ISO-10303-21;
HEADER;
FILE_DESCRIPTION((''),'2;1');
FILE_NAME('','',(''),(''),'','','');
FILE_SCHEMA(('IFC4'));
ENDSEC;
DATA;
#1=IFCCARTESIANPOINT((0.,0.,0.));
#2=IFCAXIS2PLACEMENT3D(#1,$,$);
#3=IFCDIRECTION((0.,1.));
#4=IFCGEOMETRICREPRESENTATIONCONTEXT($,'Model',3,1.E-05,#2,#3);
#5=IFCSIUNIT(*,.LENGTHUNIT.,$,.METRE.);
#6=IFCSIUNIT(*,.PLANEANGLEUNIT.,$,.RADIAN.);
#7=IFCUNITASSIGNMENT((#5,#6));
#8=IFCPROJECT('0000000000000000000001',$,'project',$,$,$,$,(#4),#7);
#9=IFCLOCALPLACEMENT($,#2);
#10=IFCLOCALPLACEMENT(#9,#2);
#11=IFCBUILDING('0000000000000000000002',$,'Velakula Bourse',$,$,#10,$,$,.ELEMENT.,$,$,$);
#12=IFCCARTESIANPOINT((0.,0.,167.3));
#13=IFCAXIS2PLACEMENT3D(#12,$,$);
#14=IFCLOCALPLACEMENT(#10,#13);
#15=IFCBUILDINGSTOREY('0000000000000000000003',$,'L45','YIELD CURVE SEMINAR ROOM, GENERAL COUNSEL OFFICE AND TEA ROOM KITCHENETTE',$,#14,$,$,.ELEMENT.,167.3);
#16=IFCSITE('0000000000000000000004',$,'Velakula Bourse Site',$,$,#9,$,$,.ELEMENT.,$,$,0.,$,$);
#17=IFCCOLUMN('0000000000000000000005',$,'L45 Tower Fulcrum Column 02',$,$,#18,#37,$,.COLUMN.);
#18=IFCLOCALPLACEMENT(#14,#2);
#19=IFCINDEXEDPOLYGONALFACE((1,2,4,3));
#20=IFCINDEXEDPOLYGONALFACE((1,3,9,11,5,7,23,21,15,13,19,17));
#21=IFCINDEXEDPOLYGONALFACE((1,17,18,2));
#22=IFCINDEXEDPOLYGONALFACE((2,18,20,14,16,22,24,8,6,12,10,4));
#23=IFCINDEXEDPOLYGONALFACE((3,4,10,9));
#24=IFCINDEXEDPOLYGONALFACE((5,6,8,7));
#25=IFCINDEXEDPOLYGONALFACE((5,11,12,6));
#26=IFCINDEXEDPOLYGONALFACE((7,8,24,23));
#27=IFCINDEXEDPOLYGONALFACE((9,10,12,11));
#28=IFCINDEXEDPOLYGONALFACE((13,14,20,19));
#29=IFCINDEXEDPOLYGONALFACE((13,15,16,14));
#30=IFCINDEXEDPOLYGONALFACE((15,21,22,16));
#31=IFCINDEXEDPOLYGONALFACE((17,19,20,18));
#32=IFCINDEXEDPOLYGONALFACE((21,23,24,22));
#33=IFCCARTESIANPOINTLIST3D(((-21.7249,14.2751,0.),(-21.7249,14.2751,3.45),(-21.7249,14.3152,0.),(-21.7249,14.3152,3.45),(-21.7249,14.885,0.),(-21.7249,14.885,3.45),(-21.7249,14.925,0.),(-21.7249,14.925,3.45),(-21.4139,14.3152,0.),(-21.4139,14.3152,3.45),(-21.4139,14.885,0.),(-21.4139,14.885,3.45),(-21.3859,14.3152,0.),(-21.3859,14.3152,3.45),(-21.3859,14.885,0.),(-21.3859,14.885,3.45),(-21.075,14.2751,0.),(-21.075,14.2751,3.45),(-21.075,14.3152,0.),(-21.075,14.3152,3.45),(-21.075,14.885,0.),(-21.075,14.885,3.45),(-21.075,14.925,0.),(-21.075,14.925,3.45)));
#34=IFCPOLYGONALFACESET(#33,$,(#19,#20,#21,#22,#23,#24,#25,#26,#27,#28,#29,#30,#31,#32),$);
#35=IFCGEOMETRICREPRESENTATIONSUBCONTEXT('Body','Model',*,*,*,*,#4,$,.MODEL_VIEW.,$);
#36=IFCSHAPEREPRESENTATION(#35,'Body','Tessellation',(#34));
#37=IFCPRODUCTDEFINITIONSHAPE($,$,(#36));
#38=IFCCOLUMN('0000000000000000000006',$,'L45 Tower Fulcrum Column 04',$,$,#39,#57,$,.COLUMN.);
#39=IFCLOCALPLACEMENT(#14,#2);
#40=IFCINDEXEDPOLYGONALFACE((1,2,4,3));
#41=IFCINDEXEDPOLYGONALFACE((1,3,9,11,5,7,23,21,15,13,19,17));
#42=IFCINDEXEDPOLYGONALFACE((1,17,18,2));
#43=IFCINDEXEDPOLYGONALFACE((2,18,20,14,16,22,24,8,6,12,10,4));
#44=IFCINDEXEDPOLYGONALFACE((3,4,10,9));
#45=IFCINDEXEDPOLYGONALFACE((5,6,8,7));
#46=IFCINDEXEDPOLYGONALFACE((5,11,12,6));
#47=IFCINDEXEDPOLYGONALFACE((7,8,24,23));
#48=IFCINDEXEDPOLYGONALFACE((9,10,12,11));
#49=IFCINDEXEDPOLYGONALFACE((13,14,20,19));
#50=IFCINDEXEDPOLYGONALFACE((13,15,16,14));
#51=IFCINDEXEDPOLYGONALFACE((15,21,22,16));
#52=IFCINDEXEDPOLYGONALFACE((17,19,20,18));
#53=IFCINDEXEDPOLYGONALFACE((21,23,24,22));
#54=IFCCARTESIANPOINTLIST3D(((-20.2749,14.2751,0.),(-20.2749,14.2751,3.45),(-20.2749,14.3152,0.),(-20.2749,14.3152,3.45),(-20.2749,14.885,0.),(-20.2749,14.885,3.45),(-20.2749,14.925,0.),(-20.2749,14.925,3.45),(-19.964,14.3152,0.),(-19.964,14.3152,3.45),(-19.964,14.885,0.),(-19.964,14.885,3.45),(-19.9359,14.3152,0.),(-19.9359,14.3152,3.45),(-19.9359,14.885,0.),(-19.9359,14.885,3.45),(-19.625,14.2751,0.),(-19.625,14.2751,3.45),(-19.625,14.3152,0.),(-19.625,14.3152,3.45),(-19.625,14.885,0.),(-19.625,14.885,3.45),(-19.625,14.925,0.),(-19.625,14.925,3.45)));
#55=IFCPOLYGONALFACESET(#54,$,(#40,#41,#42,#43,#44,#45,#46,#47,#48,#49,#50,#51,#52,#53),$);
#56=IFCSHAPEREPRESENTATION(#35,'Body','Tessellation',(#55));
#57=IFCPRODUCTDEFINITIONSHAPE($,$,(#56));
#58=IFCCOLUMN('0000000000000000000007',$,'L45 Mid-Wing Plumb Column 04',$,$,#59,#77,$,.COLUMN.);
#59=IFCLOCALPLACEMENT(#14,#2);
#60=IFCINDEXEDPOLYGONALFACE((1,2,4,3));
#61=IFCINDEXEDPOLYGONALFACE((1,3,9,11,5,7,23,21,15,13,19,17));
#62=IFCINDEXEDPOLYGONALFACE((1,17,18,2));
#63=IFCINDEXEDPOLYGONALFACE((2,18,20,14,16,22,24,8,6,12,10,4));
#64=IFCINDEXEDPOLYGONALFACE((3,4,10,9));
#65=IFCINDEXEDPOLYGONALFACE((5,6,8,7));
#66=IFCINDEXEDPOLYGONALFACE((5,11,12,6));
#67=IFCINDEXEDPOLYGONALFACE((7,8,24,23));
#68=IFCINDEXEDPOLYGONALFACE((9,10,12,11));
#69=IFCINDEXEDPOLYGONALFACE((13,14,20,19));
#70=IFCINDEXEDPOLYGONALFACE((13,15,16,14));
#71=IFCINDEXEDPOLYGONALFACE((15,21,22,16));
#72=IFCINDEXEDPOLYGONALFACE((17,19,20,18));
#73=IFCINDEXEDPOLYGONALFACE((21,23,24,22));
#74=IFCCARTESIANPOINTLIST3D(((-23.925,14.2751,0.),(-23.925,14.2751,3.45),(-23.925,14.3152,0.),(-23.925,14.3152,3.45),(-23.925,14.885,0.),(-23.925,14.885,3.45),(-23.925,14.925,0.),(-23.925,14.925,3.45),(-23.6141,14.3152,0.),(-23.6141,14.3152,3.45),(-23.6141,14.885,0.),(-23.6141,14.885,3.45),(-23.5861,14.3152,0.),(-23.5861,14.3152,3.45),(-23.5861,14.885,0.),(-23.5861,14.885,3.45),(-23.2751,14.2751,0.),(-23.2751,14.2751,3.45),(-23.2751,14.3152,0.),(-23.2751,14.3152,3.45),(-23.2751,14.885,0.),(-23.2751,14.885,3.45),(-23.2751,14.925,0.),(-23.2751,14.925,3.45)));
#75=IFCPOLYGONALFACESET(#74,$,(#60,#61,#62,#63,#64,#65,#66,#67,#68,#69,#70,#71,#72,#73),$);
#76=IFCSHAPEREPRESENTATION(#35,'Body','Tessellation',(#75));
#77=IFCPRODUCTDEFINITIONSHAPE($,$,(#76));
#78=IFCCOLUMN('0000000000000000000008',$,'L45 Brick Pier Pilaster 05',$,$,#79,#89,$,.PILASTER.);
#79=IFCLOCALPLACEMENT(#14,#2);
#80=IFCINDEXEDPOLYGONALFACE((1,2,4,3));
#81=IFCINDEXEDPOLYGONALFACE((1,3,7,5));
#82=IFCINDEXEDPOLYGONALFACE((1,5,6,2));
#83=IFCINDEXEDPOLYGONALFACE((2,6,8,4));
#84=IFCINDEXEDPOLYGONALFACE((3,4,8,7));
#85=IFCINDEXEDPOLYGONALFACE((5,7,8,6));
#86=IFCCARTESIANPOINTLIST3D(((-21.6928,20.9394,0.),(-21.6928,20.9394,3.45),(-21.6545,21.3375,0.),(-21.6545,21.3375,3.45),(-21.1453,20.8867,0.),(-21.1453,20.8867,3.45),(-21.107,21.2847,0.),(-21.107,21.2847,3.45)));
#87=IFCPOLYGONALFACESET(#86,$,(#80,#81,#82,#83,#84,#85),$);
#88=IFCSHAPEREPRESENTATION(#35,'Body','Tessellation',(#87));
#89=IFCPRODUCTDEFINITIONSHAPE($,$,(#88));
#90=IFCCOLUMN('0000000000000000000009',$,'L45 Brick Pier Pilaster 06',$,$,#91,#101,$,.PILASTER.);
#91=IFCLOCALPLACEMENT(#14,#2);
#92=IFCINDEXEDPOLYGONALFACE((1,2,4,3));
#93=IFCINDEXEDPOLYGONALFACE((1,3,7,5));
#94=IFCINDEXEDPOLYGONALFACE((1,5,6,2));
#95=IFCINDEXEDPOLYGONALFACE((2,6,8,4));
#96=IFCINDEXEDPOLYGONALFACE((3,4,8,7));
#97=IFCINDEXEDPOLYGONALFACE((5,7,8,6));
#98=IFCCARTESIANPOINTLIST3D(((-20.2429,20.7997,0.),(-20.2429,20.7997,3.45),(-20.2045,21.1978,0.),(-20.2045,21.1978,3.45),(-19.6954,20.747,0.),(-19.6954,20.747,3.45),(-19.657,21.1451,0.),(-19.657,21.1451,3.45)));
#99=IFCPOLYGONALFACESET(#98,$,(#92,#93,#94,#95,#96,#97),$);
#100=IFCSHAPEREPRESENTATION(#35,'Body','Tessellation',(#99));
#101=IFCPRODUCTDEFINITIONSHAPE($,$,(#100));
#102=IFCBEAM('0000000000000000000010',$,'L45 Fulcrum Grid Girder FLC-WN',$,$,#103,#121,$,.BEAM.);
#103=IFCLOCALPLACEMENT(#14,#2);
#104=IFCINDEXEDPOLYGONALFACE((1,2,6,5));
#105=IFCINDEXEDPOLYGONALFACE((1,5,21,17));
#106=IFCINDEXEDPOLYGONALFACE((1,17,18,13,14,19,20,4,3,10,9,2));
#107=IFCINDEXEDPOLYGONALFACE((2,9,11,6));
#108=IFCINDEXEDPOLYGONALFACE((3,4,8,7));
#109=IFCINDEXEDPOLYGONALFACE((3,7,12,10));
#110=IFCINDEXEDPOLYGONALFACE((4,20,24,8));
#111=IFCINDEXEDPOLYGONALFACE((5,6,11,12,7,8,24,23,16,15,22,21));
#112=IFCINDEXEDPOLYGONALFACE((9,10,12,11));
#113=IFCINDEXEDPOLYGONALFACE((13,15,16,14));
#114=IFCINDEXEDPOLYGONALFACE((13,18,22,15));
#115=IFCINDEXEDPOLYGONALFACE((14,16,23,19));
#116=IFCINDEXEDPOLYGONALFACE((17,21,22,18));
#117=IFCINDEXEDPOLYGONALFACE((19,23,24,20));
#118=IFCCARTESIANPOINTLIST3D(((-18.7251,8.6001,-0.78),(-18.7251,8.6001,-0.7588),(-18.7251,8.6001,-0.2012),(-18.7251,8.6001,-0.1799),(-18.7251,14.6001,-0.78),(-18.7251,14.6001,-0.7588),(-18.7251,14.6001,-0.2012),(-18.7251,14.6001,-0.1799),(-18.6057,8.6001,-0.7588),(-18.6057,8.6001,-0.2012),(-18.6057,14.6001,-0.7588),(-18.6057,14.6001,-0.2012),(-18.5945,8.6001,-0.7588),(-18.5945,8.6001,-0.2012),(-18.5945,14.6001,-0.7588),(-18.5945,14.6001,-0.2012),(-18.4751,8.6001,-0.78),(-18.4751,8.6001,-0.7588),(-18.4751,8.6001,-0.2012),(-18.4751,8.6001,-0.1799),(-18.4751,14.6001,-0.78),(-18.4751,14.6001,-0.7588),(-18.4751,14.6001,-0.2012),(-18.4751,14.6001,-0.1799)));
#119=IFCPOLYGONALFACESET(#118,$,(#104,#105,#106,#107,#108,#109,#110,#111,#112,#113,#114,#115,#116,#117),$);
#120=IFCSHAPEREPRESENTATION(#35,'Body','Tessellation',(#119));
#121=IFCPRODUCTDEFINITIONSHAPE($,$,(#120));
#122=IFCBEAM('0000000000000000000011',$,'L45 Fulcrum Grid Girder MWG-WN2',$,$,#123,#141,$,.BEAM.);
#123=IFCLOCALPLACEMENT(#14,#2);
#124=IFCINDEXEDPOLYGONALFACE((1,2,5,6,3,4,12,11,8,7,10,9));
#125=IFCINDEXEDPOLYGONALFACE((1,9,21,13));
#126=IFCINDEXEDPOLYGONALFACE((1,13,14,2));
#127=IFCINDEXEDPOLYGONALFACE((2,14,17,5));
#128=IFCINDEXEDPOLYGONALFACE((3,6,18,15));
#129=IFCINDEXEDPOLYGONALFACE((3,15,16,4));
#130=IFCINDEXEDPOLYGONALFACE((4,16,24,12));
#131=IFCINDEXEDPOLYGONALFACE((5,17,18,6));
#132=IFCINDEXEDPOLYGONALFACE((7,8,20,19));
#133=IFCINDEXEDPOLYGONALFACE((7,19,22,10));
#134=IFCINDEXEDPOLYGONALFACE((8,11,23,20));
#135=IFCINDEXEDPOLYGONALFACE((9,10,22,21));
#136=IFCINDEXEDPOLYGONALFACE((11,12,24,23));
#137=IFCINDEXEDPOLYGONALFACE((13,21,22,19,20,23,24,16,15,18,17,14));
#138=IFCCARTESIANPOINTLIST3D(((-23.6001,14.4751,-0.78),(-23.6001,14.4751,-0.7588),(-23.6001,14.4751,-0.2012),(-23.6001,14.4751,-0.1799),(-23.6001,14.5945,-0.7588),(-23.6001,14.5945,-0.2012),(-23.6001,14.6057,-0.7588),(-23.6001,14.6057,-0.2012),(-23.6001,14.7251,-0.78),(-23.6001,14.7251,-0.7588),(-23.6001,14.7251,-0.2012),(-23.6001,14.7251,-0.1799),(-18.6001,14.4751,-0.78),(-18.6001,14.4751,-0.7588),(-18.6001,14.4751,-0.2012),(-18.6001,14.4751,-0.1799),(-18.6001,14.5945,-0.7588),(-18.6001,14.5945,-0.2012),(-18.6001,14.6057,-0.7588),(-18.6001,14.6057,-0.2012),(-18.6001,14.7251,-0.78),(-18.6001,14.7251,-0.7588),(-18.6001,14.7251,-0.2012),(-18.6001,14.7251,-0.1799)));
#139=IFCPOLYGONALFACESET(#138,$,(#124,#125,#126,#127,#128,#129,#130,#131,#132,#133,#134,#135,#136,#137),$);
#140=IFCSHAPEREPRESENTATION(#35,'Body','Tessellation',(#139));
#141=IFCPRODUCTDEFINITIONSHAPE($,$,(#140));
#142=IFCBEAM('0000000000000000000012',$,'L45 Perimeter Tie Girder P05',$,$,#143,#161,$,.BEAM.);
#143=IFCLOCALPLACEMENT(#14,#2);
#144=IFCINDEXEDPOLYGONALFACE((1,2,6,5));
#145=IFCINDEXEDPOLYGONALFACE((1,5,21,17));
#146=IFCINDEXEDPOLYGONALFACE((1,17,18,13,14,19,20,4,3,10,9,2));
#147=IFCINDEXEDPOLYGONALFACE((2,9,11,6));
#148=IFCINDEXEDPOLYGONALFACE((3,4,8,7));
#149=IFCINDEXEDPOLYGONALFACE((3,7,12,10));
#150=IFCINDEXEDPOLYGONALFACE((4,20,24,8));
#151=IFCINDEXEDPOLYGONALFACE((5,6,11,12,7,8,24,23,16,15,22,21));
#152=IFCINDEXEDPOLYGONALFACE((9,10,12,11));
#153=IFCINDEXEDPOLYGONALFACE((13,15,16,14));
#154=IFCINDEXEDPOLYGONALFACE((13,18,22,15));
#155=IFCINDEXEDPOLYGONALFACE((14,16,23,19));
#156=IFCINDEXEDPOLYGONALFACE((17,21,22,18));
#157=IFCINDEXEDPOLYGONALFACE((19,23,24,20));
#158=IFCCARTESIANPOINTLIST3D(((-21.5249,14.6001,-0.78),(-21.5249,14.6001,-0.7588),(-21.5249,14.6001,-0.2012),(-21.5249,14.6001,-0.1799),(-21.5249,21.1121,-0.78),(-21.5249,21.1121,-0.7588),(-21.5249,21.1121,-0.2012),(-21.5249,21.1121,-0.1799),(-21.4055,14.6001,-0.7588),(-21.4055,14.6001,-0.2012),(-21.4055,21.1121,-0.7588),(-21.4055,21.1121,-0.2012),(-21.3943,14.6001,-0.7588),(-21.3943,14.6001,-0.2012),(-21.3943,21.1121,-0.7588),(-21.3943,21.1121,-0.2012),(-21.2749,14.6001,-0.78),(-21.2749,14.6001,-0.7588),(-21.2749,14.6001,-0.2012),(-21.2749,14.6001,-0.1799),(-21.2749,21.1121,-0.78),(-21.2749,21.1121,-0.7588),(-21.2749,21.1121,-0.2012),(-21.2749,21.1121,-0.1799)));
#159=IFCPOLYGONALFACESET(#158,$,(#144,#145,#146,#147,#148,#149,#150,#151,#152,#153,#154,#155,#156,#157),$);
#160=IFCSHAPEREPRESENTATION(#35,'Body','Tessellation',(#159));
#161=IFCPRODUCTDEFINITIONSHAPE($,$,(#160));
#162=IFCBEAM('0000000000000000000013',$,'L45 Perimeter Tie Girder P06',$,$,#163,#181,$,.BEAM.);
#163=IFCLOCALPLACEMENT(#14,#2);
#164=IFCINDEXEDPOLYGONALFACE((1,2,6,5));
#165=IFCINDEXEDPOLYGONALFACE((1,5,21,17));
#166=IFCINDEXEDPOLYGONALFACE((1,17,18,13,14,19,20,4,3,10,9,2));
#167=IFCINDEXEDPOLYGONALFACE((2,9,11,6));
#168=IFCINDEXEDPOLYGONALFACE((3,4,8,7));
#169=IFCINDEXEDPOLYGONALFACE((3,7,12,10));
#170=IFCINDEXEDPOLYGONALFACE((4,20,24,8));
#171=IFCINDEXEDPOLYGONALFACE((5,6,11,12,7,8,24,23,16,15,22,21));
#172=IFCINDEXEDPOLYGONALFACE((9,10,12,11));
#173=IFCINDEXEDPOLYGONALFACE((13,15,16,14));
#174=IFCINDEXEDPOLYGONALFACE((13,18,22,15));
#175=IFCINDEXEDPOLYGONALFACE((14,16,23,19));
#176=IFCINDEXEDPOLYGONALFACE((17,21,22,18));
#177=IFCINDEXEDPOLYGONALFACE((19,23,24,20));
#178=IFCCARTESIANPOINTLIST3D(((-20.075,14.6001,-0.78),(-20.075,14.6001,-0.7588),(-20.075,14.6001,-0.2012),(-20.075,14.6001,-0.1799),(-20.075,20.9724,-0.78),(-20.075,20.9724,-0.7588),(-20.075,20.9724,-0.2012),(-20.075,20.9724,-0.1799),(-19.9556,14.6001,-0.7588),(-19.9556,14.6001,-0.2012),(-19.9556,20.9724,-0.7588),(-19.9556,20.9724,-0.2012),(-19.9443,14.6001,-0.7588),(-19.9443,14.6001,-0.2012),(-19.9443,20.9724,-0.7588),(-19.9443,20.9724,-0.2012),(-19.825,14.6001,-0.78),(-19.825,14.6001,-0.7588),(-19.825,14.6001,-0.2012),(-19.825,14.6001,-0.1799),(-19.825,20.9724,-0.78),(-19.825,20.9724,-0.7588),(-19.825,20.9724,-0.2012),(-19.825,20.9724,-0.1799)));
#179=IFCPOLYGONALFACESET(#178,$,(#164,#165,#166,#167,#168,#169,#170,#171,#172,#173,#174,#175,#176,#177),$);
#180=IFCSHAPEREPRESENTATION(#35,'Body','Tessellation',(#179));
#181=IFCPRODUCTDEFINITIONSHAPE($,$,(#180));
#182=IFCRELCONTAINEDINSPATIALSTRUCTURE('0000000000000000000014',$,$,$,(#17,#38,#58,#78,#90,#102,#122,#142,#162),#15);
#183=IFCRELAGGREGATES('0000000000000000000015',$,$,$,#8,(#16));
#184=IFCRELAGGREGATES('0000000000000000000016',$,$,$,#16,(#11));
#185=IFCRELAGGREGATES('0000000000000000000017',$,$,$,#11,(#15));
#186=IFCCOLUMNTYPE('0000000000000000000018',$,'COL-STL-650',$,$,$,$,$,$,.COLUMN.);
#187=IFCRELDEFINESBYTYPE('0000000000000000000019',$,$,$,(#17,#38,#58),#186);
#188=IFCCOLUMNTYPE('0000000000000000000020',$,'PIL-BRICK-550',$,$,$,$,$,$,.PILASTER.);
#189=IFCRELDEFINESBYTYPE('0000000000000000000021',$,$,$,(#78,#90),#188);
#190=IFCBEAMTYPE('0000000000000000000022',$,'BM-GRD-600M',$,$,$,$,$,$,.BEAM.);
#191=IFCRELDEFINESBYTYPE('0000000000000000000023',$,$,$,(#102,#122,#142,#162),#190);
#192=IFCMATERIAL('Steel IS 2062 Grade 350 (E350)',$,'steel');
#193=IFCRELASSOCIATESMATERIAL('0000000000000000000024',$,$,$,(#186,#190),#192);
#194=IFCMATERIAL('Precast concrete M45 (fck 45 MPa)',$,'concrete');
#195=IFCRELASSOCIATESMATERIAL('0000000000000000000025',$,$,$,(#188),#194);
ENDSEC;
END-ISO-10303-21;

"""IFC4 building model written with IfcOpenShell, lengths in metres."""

from ifc_helpers import new_model, si_unit, direction, frame, origin, origin_2d, place, context, subcontext, project, spatial, rectangle, i_section, extrude, material, material_profile, profile_set, type_object, element, save


model = new_model("IFC4")

# Units and contexts
model_context = context("Model", 3, precision=1e-05, world=origin(), true_north=direction((0.0, 1.0)))
body_context = subcontext(model_context, "Body", "Model", "MODEL_VIEW")
ifc_project = project(units=[si_unit("LENGTHUNIT", "METRE"), si_unit("PLANEANGLEUNIT", "RADIAN")], contexts=[model_context])

# Site, building, storey
site_placement = place(None, origin())
site = spatial("IfcSite", under=ifc_project, at=site_placement, Name="Velakula Bourse Site", CompositionType="ELEMENT", RefElevation=0.0)
building_placement = place(site_placement, origin())
building = spatial("IfcBuilding", under=site, at=building_placement, Name="Velakula Bourse", CompositionType="ELEMENT")
storey_placement = place(building_placement, frame((0.0, 0.0, 167.3)))
storey = spatial("IfcBuildingStorey", under=building, at=storey_placement, Name="L45", Description="YIELD CURVE SEMINAR ROOM, GENERAL COUNSEL OFFICE AND TEA ROOM KITCHENETTE", CompositionType="ELEMENT", Elevation=167.3)

# Columns
ifc_material_1 = material(Name="Steel IS 2062 Grade 350 (E350)", Category="steel")
ifc_material_profile_1 = material_profile(ifc_material_1, i_section(OverallWidth=0.6499, OverallDepth=0.6499, WebThickness=0.0281, FlangeThickness=0.04, at=origin_2d()), Name="Steel IS 2062 Grade 350 (E350)")
ifc_profile_set_1 = profile_set([ifc_material_profile_1], Name="Steel IS 2062 Grade 350 (E350)")
column_type_1 = type_object("IfcColumnType", Name="COL-STL-650", PredefinedType="COLUMN", material=ifc_profile_set_1)
for number, where, z_axis, x_axis, name in (
    (1, (-21.3999, 14.6001, 0.0), (0.0, 0.0, 1.0), (1.0, 0.0, 0.0), "L45 Tower Fulcrum Column 02"),
    (2, (-19.95, 14.6001, 0.0), (0.0, 0.0, 1.0), (1.0, 0.0, 0.0), "L45 Tower Fulcrum Column 04"),
    (3, (-23.6001, 14.6001, 0.0), (0.0, 0.0, 1.0), (1.0, 0.0, 0.0), "L45 Mid-Wing Plumb Column 04"),
):
    element("IfcColumn", number, at=place(storey_placement, frame(where, z_axis=z_axis, x_axis=x_axis)), inside=storey, type_object=column_type_1, Name=name, PredefinedType="COLUMN", context=body_context, shape_type="SweptSolid", body=[
        extrude(i_section(OverallWidth=0.6499, OverallDepth=0.6499, WebThickness=0.0281, FlangeThickness=0.04, at=origin_2d()), origin(), (0.0, 0.0, 1.0), 3.45),
    ])
ifc_material_2 = material(Name="Precast concrete M45 (fck 45 MPa)", Category="concrete")
ifc_material_profile_2 = material_profile(ifc_material_2, rectangle(XDim=0.55, YDim=0.3999, at=origin_2d()), Name="Precast concrete M45 (fck 45 MPa)")
ifc_profile_set_2 = profile_set([ifc_material_profile_2], Name="Precast concrete M45 (fck 45 MPa)")
column_type_2 = type_object("IfcColumnType", Name="PIL-BRICK-550", PredefinedType="PILASTER", material=ifc_profile_set_2)
for number, where, z_axis, x_axis, name in (
    (4, (-21.3999, 21.1121, 0.0), (0.0, 0.0, 1.0), (0.995396, -0.095846, 0.0), "L45 Brick Pier Pilaster 05"),
    (5, (-19.95, 20.9724, 0.0), (0.0, 0.0, 1.0), (0.995396, -0.095846, 0.0), "L45 Brick Pier Pilaster 06"),
):
    element("IfcColumn", number, at=place(storey_placement, frame(where, z_axis=z_axis, x_axis=x_axis)), inside=storey, type_object=column_type_2, Name=name, PredefinedType="PILASTER", context=body_context, shape_type="SweptSolid", body=[
        extrude(rectangle(XDim=0.55, YDim=0.3999, at=origin_2d()), origin(), (0.0, 0.0, 1.0), 3.45),
    ])

# Beams
ifc_material_profile_3 = material_profile(ifc_material_1, i_section(OverallWidth=0.25, OverallDepth=0.6001, WebThickness=0.0112, FlangeThickness=0.0212, at=origin_2d()), Name="Steel IS 2062 Grade 350 (E350)")
ifc_profile_set_3 = profile_set([ifc_material_profile_3], Name="Steel IS 2062 Grade 350 (E350)")
beam_type_1 = type_object("IfcBeamType", Name="BM-GRD-600M", PredefinedType="BEAM", material=ifc_profile_set_3)
beam_1_placement = place(storey_placement, frame((-18.6001, 8.6001, -0.48), z_axis=(0.0, 1.0, 0.0), x_axis=(-1.0, 0.0, 0.0)))
element("IfcBeam", 6, at=beam_1_placement, inside=storey, type_object=beam_type_1, Name="L45 Fulcrum Grid Girder FLC-WN", PredefinedType="BEAM", context=body_context, shape_type="SweptSolid", body=[
    extrude(i_section(OverallWidth=0.25, OverallDepth=0.6001, WebThickness=0.0112, FlangeThickness=0.0212, at=origin_2d()), origin(), (0.0, 0.0, 1.0), 6.0),
])
beam_2_placement = place(storey_placement, frame((-23.6001, 14.6001, -0.48), z_axis=(1.0, 0.0, 0.0), x_axis=(0.0, 1.0, 0.0)))
element("IfcBeam", 7, at=beam_2_placement, inside=storey, type_object=beam_type_1, Name="L45 Fulcrum Grid Girder MWG-WN2", PredefinedType="BEAM", context=body_context, shape_type="SweptSolid", body=[
    extrude(i_section(OverallWidth=0.25, OverallDepth=0.6001, WebThickness=0.0112, FlangeThickness=0.0212, at=origin_2d()), origin(), (0.0, 0.0, 1.0), 5.0),
])
beam_3_placement = place(storey_placement, frame((-21.3999, 14.6001, -0.48), z_axis=(0.0, 1.0, 0.0), x_axis=(-1.0, 0.0, 0.0)))
element("IfcBeam", 8, at=beam_3_placement, inside=storey, type_object=beam_type_1, Name="L45 Perimeter Tie Girder P05", PredefinedType="BEAM", context=body_context, shape_type="SweptSolid", body=[
    extrude(i_section(OverallWidth=0.25, OverallDepth=0.6001, WebThickness=0.0112, FlangeThickness=0.0212, at=origin_2d()), origin(), (0.0, 0.0, 1.0), 6.512),
])
beam_4_placement = place(storey_placement, frame((-19.95, 14.6001, -0.48), z_axis=(0.0, 1.0, 0.0), x_axis=(-1.0, 0.0, 0.0)))
element("IfcBeam", 9, at=beam_4_placement, inside=storey, type_object=beam_type_1, Name="L45 Perimeter Tie Girder P06", PredefinedType="BEAM", context=body_context, shape_type="SweptSolid", body=[
    extrude(i_section(OverallWidth=0.25, OverallDepth=0.6001, WebThickness=0.0112, FlangeThickness=0.0212, at=origin_2d()), origin(), (0.0, 0.0, 1.0), 6.3723),
])

save(model, "model.ifc")
